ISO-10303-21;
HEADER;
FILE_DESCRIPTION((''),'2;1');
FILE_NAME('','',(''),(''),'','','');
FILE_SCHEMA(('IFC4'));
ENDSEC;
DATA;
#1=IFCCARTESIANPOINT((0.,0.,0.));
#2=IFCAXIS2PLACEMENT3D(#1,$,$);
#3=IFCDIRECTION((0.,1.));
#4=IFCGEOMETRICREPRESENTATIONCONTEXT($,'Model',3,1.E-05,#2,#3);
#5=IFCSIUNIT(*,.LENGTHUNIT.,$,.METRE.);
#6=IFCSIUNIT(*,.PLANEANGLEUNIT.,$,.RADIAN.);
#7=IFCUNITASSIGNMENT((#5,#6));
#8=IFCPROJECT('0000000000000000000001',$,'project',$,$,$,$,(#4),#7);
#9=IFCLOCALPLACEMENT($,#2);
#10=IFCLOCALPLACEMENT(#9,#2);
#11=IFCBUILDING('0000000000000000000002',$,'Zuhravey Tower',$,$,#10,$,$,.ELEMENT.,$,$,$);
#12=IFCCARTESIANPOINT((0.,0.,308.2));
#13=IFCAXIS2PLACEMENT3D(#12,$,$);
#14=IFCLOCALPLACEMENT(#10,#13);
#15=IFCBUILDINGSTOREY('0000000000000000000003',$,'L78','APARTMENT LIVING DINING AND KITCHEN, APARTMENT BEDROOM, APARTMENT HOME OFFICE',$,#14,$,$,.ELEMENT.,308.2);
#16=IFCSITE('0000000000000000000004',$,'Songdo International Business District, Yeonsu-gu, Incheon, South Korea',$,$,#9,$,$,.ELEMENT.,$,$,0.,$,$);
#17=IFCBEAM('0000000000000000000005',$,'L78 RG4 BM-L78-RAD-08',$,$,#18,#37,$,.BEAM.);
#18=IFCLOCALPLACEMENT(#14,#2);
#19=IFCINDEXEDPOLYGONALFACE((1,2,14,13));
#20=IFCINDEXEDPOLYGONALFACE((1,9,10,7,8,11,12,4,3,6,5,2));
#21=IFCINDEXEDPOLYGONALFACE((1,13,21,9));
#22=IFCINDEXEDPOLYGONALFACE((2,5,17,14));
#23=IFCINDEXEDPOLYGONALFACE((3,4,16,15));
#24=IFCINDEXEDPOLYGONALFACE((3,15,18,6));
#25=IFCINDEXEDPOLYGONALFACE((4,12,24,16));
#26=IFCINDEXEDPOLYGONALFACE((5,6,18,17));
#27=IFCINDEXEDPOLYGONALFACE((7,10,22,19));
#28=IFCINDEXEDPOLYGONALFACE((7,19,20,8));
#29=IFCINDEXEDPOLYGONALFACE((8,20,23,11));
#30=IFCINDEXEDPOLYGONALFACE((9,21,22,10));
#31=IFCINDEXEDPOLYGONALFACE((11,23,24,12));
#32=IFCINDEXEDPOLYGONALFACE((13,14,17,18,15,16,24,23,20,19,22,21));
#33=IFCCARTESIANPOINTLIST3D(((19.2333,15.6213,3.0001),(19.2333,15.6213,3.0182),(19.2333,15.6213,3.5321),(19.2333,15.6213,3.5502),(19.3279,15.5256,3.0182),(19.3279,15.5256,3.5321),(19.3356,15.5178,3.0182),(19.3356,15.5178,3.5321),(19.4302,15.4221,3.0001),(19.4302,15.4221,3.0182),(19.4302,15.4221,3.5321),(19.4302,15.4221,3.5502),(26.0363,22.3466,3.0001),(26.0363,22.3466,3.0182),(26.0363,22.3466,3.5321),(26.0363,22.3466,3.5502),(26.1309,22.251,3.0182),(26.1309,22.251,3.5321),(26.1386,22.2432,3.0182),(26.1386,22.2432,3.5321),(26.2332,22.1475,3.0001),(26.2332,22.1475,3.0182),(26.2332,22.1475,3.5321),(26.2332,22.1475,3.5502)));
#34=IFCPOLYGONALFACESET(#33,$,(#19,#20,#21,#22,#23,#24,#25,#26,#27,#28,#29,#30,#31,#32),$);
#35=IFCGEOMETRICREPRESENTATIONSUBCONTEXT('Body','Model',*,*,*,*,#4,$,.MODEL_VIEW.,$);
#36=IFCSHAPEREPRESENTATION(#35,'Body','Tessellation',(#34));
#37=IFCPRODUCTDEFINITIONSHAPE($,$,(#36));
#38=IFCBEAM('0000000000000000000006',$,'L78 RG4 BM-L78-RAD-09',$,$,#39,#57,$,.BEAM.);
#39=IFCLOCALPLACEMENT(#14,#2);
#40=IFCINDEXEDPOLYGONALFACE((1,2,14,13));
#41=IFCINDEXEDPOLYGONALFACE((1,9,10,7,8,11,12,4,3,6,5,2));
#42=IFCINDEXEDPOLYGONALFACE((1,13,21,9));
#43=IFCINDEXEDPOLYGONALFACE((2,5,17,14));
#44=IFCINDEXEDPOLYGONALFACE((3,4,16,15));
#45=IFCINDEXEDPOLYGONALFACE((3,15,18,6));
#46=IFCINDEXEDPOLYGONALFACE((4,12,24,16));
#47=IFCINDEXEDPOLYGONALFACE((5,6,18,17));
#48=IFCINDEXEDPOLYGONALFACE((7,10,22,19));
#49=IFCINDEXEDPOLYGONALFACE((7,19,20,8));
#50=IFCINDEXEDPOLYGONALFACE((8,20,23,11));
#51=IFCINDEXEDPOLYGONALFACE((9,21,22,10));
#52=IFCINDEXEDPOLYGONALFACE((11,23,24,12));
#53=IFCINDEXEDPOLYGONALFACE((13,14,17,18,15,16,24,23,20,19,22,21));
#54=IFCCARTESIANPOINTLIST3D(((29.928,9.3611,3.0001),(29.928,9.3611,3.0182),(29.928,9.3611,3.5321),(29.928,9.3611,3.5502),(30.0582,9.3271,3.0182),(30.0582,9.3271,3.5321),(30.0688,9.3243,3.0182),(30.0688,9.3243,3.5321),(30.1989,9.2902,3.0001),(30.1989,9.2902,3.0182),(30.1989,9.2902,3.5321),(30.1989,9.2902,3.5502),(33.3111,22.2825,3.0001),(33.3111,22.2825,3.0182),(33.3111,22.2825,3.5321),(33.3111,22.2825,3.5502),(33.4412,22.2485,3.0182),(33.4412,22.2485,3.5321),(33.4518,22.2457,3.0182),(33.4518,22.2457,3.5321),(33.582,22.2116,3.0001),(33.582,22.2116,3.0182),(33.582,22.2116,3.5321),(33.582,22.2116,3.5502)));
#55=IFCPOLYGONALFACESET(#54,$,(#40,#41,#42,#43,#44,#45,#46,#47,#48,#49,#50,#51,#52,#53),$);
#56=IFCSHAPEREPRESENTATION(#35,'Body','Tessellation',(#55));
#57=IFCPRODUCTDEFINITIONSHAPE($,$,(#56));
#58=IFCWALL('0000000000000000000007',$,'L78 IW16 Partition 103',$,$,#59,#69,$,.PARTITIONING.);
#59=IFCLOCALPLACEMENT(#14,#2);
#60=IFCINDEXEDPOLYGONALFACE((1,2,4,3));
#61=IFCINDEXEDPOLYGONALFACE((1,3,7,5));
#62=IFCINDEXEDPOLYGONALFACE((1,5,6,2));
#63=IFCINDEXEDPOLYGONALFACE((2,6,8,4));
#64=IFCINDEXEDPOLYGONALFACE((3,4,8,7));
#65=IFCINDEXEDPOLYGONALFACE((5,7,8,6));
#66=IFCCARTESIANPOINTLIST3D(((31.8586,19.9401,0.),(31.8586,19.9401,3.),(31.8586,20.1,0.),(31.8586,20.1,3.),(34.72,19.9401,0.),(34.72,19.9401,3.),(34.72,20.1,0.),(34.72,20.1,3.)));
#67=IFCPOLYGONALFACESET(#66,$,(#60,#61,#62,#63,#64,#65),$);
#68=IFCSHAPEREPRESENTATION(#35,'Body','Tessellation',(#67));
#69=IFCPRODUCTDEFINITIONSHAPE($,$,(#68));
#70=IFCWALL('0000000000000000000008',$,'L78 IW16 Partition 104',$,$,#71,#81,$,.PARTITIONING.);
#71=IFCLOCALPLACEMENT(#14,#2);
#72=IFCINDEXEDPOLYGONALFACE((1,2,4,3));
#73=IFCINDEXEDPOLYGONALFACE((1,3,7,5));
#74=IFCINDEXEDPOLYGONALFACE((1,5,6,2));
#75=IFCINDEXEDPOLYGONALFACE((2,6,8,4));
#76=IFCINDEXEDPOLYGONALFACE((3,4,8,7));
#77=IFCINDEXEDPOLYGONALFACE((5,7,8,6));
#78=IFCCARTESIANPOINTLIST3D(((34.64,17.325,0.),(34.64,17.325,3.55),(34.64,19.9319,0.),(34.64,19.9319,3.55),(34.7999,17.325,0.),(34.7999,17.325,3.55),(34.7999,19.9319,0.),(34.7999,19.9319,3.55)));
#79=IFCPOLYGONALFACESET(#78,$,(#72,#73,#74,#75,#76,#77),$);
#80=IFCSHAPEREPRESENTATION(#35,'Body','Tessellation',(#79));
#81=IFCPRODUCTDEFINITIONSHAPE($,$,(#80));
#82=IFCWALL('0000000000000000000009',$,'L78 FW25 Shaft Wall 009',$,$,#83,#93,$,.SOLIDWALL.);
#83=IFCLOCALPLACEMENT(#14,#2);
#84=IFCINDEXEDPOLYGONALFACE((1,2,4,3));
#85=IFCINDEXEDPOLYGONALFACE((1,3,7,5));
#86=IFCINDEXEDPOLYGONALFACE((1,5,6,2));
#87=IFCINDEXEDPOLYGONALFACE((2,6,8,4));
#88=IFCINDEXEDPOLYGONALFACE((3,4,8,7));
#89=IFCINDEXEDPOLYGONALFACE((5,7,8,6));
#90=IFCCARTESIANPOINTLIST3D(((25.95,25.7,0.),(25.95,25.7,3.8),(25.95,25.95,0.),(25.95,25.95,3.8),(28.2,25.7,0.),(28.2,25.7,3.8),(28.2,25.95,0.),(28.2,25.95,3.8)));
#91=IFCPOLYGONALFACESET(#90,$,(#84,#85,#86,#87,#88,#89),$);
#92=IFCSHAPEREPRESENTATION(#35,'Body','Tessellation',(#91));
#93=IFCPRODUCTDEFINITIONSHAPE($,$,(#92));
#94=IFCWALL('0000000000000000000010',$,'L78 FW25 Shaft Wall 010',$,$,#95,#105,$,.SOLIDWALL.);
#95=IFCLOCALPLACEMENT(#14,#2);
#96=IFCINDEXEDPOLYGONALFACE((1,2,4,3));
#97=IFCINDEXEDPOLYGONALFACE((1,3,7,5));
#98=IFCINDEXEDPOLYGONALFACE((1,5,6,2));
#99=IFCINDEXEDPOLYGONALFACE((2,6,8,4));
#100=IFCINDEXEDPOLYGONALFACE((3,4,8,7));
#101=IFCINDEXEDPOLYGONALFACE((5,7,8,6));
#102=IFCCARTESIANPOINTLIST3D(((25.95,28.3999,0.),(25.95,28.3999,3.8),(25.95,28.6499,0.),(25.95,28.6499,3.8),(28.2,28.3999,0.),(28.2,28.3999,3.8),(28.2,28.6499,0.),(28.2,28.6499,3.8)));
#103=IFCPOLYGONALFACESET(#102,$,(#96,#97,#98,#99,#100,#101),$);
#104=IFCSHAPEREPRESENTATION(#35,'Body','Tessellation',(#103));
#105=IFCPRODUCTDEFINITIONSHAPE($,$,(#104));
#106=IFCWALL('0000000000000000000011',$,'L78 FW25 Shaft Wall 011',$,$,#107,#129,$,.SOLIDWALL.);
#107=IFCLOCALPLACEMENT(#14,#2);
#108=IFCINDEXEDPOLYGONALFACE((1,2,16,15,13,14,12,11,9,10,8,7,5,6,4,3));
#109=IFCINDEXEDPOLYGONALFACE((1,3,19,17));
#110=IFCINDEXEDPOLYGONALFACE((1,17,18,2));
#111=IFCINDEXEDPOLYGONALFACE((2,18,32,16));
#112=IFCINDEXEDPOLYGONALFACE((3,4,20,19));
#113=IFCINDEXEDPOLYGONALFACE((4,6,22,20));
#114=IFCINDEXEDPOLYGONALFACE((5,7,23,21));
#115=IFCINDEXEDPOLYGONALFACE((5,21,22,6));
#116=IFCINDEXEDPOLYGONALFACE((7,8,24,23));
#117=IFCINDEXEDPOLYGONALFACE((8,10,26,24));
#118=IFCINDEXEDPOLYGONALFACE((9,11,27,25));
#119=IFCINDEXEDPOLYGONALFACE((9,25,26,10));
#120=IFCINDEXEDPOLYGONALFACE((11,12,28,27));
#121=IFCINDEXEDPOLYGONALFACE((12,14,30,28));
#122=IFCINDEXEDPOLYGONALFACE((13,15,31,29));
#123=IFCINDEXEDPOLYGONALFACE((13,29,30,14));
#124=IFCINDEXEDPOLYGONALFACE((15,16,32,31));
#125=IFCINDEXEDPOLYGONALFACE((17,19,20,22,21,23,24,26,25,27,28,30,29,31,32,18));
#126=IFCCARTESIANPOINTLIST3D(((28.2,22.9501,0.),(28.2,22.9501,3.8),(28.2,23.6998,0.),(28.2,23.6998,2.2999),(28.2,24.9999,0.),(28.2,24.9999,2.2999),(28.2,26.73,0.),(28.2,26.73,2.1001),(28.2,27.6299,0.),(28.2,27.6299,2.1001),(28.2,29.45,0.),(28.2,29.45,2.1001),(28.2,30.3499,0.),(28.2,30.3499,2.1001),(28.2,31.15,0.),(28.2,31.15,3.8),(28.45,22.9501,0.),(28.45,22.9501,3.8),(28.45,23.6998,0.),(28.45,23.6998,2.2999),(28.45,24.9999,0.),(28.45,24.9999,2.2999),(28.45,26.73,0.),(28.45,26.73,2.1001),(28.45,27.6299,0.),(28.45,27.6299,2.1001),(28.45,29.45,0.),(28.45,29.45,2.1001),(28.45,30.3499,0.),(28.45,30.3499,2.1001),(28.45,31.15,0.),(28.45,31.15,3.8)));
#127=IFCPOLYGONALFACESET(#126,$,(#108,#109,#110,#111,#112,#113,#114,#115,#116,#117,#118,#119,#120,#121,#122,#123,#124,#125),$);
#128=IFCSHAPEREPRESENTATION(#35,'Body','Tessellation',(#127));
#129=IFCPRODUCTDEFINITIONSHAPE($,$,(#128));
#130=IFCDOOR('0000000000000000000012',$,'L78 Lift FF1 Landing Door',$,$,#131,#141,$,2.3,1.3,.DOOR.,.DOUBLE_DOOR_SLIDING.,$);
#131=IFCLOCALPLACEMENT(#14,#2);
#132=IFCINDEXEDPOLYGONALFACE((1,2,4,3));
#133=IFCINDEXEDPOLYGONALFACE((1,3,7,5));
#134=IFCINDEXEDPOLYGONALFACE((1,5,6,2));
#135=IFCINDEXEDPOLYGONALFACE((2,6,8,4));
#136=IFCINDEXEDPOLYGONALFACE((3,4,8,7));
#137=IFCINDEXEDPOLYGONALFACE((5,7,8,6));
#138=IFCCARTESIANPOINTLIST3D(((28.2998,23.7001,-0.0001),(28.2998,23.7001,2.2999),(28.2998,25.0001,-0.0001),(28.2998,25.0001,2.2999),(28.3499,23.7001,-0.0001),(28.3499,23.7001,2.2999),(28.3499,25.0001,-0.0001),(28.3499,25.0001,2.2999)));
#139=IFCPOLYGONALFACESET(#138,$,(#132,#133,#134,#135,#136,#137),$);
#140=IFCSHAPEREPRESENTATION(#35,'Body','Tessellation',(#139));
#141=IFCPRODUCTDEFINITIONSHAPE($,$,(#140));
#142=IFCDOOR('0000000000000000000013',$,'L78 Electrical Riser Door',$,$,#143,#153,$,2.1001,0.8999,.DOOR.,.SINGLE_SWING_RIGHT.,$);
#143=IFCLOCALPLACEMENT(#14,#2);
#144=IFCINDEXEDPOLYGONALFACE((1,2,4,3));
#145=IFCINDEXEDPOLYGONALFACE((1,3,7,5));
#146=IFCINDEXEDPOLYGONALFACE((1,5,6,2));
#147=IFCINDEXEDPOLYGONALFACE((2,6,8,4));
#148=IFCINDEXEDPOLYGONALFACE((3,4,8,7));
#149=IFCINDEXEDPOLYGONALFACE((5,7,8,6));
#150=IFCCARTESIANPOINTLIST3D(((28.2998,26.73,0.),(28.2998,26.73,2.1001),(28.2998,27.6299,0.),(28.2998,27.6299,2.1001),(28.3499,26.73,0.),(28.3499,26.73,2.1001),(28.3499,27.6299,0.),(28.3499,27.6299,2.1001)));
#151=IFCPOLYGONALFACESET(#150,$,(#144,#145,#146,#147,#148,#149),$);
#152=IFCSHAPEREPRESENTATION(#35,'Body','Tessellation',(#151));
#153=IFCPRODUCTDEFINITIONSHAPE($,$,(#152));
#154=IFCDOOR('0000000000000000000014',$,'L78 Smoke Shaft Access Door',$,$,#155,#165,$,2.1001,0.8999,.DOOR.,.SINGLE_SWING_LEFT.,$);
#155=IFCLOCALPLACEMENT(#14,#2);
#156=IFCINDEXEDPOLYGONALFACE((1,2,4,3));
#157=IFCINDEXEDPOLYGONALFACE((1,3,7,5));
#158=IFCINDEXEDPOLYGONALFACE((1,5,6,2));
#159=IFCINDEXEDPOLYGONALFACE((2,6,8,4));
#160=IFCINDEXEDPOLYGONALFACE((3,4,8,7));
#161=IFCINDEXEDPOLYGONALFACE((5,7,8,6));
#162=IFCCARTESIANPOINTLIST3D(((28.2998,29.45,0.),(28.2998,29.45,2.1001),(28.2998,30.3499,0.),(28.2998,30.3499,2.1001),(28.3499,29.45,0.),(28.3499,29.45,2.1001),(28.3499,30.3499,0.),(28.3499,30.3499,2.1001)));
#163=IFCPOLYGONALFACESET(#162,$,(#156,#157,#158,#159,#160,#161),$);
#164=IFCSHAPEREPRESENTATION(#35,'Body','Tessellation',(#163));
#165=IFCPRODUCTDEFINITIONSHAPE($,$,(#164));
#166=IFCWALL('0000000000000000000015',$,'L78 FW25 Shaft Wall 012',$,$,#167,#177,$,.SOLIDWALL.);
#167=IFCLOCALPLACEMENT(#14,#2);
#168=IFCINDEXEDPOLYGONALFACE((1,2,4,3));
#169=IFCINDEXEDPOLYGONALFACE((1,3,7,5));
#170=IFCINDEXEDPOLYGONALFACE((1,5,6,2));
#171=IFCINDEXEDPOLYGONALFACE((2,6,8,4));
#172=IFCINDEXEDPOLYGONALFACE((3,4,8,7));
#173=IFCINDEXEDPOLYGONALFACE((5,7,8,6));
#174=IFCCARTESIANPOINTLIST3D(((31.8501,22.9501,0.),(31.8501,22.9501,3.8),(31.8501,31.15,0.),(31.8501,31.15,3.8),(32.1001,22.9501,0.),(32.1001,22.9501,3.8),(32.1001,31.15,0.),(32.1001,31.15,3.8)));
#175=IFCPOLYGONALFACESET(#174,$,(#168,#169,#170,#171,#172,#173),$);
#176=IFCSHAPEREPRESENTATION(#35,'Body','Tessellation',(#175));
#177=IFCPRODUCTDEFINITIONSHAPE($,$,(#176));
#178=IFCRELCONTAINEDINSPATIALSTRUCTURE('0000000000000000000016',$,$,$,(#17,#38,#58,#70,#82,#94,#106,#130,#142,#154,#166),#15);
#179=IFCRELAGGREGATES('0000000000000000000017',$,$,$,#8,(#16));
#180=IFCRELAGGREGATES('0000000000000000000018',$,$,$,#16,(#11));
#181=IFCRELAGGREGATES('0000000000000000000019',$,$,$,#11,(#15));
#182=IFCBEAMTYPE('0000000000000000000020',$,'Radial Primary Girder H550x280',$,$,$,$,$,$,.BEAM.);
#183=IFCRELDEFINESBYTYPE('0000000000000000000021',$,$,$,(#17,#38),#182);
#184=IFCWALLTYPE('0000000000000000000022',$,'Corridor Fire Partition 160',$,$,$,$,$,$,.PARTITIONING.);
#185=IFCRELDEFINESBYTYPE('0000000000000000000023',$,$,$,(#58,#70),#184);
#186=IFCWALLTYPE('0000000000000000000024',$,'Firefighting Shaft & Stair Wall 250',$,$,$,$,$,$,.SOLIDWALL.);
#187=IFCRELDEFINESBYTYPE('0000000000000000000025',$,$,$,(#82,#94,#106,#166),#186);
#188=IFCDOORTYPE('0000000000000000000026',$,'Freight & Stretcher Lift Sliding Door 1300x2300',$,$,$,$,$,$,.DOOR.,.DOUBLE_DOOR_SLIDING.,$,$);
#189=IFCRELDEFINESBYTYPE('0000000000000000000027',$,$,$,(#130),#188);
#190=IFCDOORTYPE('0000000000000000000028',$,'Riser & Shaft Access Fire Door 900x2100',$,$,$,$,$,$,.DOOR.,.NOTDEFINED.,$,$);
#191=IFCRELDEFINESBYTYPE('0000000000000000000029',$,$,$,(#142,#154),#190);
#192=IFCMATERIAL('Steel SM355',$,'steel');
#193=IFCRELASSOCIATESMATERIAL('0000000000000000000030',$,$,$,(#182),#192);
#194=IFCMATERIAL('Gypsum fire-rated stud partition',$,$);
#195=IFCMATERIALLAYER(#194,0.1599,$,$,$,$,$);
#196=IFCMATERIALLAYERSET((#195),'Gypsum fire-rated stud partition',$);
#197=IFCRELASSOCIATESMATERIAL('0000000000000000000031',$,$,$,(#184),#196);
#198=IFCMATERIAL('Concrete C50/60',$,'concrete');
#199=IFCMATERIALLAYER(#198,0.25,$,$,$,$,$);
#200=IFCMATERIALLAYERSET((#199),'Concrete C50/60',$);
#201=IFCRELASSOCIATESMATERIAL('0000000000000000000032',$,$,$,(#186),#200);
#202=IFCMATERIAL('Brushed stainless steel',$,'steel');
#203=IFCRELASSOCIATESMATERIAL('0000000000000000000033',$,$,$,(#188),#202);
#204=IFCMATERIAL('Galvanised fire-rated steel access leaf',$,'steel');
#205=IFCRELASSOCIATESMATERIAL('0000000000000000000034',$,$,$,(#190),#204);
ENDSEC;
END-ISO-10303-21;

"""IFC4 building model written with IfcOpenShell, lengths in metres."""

from ifc_helpers import new_model, si_unit, direction, frame, frame_2d, origin, origin_2d, place, context, subcontext, project, spatial, rectangle, i_section, extrude, material, layer, layer_set, material_profile, profile_set, type_object, element, fill, save


model = new_model("IFC4")

# Units and contexts
model_context = context("Model", 3, precision=1e-05, world=origin(), true_north=direction((0.0, 1.0)))
body_context = subcontext(model_context, "Body", "Model", "MODEL_VIEW")
ifc_project = project(units=[si_unit("LENGTHUNIT", "METRE"), si_unit("PLANEANGLEUNIT", "RADIAN")], contexts=[model_context])

# Site, building, storey
site_placement = place(None, origin())
site = spatial("IfcSite", under=ifc_project, at=site_placement, Name="Songdo International Business District, Yeonsu-gu, Incheon, South Korea", CompositionType="ELEMENT", RefElevation=0.0)
building_placement = place(site_placement, origin())
building = spatial("IfcBuilding", under=site, at=building_placement, Name="Zuhravey Tower", CompositionType="ELEMENT")
storey_placement = place(building_placement, frame((0.0, 0.0, 308.2)))
storey = spatial("IfcBuildingStorey", under=building, at=storey_placement, Name="L78", Description="APARTMENT LIVING DINING AND KITCHEN, APARTMENT BEDROOM, APARTMENT HOME OFFICE", CompositionType="ELEMENT", Elevation=308.2)

# Beams
ifc_material_1 = material(Name="Steel SM355", Category="steel")
ifc_material_profile = material_profile(ifc_material_1, i_section(OverallWidth=0.28, OverallDepth=0.55, WebThickness=0.011, FlangeThickness=0.0181, at=origin_2d()), Name="H-550x280x11x18")
ifc_profile_set = profile_set([ifc_material_profile], Name="Steel SM355")
beam_type = type_object("IfcBeamType", Name="Radial Primary Girder H550x280", PredefinedType="BEAM", material=ifc_profile_set)
beam_1_placement = place(storey_placement, frame((26.1348, 22.2471, 3.2751), z_axis=(-0.711153, -0.703037, 0.0), x_axis=(0.703037, -0.711153, 0.0)))
element("IfcBeam", 1, at=beam_1_placement, inside=storey, type_object=beam_type, Name="L78 RG4 BM-L78-RAD-08", PredefinedType="BEAM", context=body_context, shape_type="SweptSolid", body=[
    extrude(i_section(OverallWidth=0.28, OverallDepth=0.55, WebThickness=0.011, FlangeThickness=0.0181, at=origin_2d()), origin(), (0.0, 0.0, 1.0), 9.5662),
])
beam_2_placement = place(storey_placement, frame((33.4465, 22.2471, 3.2751), z_axis=(-0.253281, -0.967393, 0.0), x_axis=(0.967393, -0.253281, 0.0)))
element("IfcBeam", 2, at=beam_2_placement, inside=storey, type_object=beam_type, Name="L78 RG4 BM-L78-RAD-09", PredefinedType="BEAM", context=body_context, shape_type="SweptSolid", body=[
    extrude(i_section(OverallWidth=0.28, OverallDepth=0.55, WebThickness=0.011, FlangeThickness=0.0181, at=origin_2d()), origin(), (0.0, 0.0, 1.0), 13.3569),
])

# Shared definitions
ifc_material_2 = material(Name="Gypsum fire-rated stud partition")
ifc_layer_1 = layer(ifc_material_2, 0.1599)
ifc_layer_set_1 = layer_set([ifc_layer_1], Name="Gypsum fire-rated stud partition")
wall_type_1 = type_object("IfcWallType", Name="Corridor Fire Partition 160", PredefinedType="PARTITIONING", material=ifc_layer_set_1)

# Walls
wall_1_placement = place(storey_placement, frame((31.8586, 20.02, 0.0), z_axis=(0.0, 0.0, 1.0), x_axis=(1.0, 0.0, 0.0)))
element("IfcWall", 3, at=wall_1_placement, inside=storey, type_object=wall_type_1, Name="L78 IW16 Partition 103", PredefinedType="PARTITIONING", context=body_context, shape_type="SweptSolid", body=[
    extrude(rectangle(XDim=2.8613, YDim=0.1599, at=frame_2d((1.4307, 0.0))), origin(), (0.0, 0.0, 1.0), 3.0),
])
wall_2_placement = place(storey_placement, frame((34.72, 19.9319, 0.0), z_axis=(0.0, 0.0, 1.0), x_axis=(0.0, -1.0, 0.0)))
element("IfcWall", 4, at=wall_2_placement, inside=storey, type_object=wall_type_1, Name="L78 IW16 Partition 104", PredefinedType="PARTITIONING", context=body_context, shape_type="SweptSolid", body=[
    extrude(rectangle(XDim=2.6069, YDim=0.1599, at=frame_2d((1.3035, 0.0))), origin(), (0.0, 0.0, 1.0), 3.55),
])
ifc_material_3 = material(Name="Concrete C50/60", Category="concrete")
ifc_layer_2 = layer(ifc_material_3, 0.25)
ifc_layer_set_2 = layer_set([ifc_layer_2], Name="Concrete C50/60")
wall_type_2 = type_object("IfcWallType", Name="Firefighting Shaft & Stair Wall 250", PredefinedType="SOLIDWALL", material=ifc_layer_set_2)
for number, where, z_axis, x_axis, name in (
    (5, (25.95, 25.825, 0.0), (0.0, 0.0, 1.0), (1.0, 0.0, 0.0), "L78 FW25 Shaft Wall 009"),
    (6, (25.95, 28.5249, 0.0), (0.0, 0.0, 1.0), (1.0, 0.0, 0.0), "L78 FW25 Shaft Wall 010"),
):
    element("IfcWall", number, at=place(storey_placement, frame(where, z_axis=z_axis, x_axis=x_axis)), inside=storey, type_object=wall_type_2, Name=name, PredefinedType="SOLIDWALL", context=body_context, shape_type="SweptSolid", body=[
        extrude(rectangle(XDim=2.25, YDim=0.25, at=frame_2d((1.125, 0.0))), origin(), (0.0, 0.0, 1.0), 3.8),
    ])

# Wall, openings, doors
wall_3_placement = place(storey_placement, frame((28.325, 22.95, 0.0), z_axis=(0.0, 0.0, 1.0), x_axis=(0.0, 1.0, 0.0)))
wall_3 = element("IfcWall", 7, at=wall_3_placement, inside=storey, type_object=wall_type_2, Name="L78 FW25 Shaft Wall 011", PredefinedType="SOLIDWALL", context=body_context, shape_type="SweptSolid", body=[
    extrude(rectangle(XDim=8.2, YDim=0.25, at=frame_2d((4.1001, 0.0))), origin(), (0.0, 0.0, 1.0), 3.8),
])
opening_1_placement = place(wall_3_placement, frame((0.75, 0.0, 0.0)))
opening_1 = element("IfcOpeningElement", 8, at=opening_1_placement, cuts=wall_3, PredefinedType="OPENING", context=body_context, shape_type="SweptSolid", body=[
    extrude(rectangle(XDim=1.3, YDim=2.3, at=frame_2d((0.6499, 1.1499))), frame((0.0, 0.137, 0.0), z_axis=(0.0, -1.0, 0.0), x_axis=(1.0, 0.0, 0.0)), (0.0, 0.0, 1.0), 0.2739),
])
opening_2_placement = place(wall_3_placement, frame((3.78, 0.0, 0.0)))
opening_2 = element("IfcOpeningElement", 9, at=opening_2_placement, cuts=wall_3, PredefinedType="OPENING", context=body_context, shape_type="SweptSolid", body=[
    extrude(rectangle(XDim=0.8999, YDim=2.1001, at=frame_2d((0.45, 1.05))), frame((0.0, 0.137, 0.0), z_axis=(0.0, -1.0, 0.0), x_axis=(1.0, 0.0, 0.0)), (0.0, 0.0, 1.0), 0.2739),
])
opening_3_placement = place(wall_3_placement, frame((6.5, 0.0, 0.0)))
opening_3 = element("IfcOpeningElement", 10, at=opening_3_placement, cuts=wall_3, PredefinedType="OPENING", context=body_context, shape_type="SweptSolid", body=[
    extrude(rectangle(XDim=0.8999, YDim=2.1001, at=frame_2d((0.45, 1.05))), frame((0.0, 0.137, 0.0), z_axis=(0.0, -1.0, 0.0), x_axis=(1.0, 0.0, 0.0)), (0.0, 0.0, 1.0), 0.2739),
])
ifc_material_4 = material(Name="Brushed stainless steel", Category="steel")
door_type_1 = type_object("IfcDoorType", Name="Freight & Stretcher Lift Sliding Door 1300x2300", OperationType="DOUBLE_DOOR_SLIDING", PredefinedType="DOOR", material=ifc_material_4)
door_1_placement = place(opening_1_placement, frame((1.3, 0.0, 0.0), z_axis=(0.0, 0.0, 1.0), x_axis=(-1.0, 0.0, 0.0)))
door_1 = element("IfcDoor", 11, at=door_1_placement, inside=storey, type_object=door_type_1, Name="L78 Lift FF1 Landing Door", OperationType="DOUBLE_DOOR_SLIDING", OverallHeight=2.3, OverallWidth=1.3, PredefinedType="DOOR", context=body_context, shape_type="SweptSolid", body=[
    extrude(rectangle(XDim=1.3, YDim=2.3, at=frame_2d((0.6499, 1.1499))), frame((0.0, 0.0249, 0.0), z_axis=(0.0, -1.0, 0.0), x_axis=(1.0, 0.0, 0.0)), (0.0, 0.0, 1.0), 0.05),
])
fill(opening_1, door_1)
ifc_material_5 = material(Name="Galvanised fire-rated steel access leaf", Category="steel")
door_type_2 = type_object("IfcDoorType", Name="Riser & Shaft Access Fire Door 900x2100", OperationType="NOTDEFINED", PredefinedType="DOOR", material=ifc_material_5)
door_2_placement = place(opening_2_placement, frame((0.8999, 0.0, 0.0), z_axis=(0.0, 0.0, 1.0), x_axis=(-1.0, 0.0, 0.0)))
door_2 = element("IfcDoor", 12, at=door_2_placement, inside=storey, type_object=door_type_2, Name="L78 Electrical Riser Door", OperationType="SINGLE_SWING_RIGHT", OverallHeight=2.1001, OverallWidth=0.8999, PredefinedType="DOOR", context=body_context, shape_type="SweptSolid", body=[
    extrude(rectangle(XDim=0.8999, YDim=2.1001, at=frame_2d((0.45, 1.05))), frame((0.0, 0.0249, 0.0), z_axis=(0.0, -1.0, 0.0), x_axis=(1.0, 0.0, 0.0)), (0.0, 0.0, 1.0), 0.05),
])
fill(opening_2, door_2)
door_3_placement = place(opening_3_placement, frame((0.8999, 0.0, 0.0), z_axis=(0.0, 0.0, 1.0), x_axis=(-1.0, 0.0, 0.0)))
door_3 = element("IfcDoor", 13, at=door_3_placement, inside=storey, type_object=door_type_2, Name="L78 Smoke Shaft Access Door", OperationType="SINGLE_SWING_LEFT", OverallHeight=2.1001, OverallWidth=0.8999, PredefinedType="DOOR", context=body_context, shape_type="SweptSolid", body=[
    extrude(rectangle(XDim=0.8999, YDim=2.1001, at=frame_2d((0.45, 1.05))), frame((0.0, 0.0249, 0.0), z_axis=(0.0, -1.0, 0.0), x_axis=(1.0, 0.0, 0.0)), (0.0, 0.0, 1.0), 0.05),
])
fill(opening_3, door_3)

# Wall
wall_4_placement = place(storey_placement, frame((31.9751, 22.95, 0.0), z_axis=(0.0, 0.0, 1.0), x_axis=(0.0, 1.0, 0.0)))
element("IfcWall", 14, at=wall_4_placement, inside=storey, type_object=wall_type_2, Name="L78 FW25 Shaft Wall 012", PredefinedType="SOLIDWALL", context=body_context, shape_type="SweptSolid", body=[
    extrude(rectangle(XDim=8.2, YDim=0.25, at=frame_2d((4.1001, 0.0))), origin(), (0.0, 0.0, 1.0), 3.8),
])

save(model, "model.ifc")
